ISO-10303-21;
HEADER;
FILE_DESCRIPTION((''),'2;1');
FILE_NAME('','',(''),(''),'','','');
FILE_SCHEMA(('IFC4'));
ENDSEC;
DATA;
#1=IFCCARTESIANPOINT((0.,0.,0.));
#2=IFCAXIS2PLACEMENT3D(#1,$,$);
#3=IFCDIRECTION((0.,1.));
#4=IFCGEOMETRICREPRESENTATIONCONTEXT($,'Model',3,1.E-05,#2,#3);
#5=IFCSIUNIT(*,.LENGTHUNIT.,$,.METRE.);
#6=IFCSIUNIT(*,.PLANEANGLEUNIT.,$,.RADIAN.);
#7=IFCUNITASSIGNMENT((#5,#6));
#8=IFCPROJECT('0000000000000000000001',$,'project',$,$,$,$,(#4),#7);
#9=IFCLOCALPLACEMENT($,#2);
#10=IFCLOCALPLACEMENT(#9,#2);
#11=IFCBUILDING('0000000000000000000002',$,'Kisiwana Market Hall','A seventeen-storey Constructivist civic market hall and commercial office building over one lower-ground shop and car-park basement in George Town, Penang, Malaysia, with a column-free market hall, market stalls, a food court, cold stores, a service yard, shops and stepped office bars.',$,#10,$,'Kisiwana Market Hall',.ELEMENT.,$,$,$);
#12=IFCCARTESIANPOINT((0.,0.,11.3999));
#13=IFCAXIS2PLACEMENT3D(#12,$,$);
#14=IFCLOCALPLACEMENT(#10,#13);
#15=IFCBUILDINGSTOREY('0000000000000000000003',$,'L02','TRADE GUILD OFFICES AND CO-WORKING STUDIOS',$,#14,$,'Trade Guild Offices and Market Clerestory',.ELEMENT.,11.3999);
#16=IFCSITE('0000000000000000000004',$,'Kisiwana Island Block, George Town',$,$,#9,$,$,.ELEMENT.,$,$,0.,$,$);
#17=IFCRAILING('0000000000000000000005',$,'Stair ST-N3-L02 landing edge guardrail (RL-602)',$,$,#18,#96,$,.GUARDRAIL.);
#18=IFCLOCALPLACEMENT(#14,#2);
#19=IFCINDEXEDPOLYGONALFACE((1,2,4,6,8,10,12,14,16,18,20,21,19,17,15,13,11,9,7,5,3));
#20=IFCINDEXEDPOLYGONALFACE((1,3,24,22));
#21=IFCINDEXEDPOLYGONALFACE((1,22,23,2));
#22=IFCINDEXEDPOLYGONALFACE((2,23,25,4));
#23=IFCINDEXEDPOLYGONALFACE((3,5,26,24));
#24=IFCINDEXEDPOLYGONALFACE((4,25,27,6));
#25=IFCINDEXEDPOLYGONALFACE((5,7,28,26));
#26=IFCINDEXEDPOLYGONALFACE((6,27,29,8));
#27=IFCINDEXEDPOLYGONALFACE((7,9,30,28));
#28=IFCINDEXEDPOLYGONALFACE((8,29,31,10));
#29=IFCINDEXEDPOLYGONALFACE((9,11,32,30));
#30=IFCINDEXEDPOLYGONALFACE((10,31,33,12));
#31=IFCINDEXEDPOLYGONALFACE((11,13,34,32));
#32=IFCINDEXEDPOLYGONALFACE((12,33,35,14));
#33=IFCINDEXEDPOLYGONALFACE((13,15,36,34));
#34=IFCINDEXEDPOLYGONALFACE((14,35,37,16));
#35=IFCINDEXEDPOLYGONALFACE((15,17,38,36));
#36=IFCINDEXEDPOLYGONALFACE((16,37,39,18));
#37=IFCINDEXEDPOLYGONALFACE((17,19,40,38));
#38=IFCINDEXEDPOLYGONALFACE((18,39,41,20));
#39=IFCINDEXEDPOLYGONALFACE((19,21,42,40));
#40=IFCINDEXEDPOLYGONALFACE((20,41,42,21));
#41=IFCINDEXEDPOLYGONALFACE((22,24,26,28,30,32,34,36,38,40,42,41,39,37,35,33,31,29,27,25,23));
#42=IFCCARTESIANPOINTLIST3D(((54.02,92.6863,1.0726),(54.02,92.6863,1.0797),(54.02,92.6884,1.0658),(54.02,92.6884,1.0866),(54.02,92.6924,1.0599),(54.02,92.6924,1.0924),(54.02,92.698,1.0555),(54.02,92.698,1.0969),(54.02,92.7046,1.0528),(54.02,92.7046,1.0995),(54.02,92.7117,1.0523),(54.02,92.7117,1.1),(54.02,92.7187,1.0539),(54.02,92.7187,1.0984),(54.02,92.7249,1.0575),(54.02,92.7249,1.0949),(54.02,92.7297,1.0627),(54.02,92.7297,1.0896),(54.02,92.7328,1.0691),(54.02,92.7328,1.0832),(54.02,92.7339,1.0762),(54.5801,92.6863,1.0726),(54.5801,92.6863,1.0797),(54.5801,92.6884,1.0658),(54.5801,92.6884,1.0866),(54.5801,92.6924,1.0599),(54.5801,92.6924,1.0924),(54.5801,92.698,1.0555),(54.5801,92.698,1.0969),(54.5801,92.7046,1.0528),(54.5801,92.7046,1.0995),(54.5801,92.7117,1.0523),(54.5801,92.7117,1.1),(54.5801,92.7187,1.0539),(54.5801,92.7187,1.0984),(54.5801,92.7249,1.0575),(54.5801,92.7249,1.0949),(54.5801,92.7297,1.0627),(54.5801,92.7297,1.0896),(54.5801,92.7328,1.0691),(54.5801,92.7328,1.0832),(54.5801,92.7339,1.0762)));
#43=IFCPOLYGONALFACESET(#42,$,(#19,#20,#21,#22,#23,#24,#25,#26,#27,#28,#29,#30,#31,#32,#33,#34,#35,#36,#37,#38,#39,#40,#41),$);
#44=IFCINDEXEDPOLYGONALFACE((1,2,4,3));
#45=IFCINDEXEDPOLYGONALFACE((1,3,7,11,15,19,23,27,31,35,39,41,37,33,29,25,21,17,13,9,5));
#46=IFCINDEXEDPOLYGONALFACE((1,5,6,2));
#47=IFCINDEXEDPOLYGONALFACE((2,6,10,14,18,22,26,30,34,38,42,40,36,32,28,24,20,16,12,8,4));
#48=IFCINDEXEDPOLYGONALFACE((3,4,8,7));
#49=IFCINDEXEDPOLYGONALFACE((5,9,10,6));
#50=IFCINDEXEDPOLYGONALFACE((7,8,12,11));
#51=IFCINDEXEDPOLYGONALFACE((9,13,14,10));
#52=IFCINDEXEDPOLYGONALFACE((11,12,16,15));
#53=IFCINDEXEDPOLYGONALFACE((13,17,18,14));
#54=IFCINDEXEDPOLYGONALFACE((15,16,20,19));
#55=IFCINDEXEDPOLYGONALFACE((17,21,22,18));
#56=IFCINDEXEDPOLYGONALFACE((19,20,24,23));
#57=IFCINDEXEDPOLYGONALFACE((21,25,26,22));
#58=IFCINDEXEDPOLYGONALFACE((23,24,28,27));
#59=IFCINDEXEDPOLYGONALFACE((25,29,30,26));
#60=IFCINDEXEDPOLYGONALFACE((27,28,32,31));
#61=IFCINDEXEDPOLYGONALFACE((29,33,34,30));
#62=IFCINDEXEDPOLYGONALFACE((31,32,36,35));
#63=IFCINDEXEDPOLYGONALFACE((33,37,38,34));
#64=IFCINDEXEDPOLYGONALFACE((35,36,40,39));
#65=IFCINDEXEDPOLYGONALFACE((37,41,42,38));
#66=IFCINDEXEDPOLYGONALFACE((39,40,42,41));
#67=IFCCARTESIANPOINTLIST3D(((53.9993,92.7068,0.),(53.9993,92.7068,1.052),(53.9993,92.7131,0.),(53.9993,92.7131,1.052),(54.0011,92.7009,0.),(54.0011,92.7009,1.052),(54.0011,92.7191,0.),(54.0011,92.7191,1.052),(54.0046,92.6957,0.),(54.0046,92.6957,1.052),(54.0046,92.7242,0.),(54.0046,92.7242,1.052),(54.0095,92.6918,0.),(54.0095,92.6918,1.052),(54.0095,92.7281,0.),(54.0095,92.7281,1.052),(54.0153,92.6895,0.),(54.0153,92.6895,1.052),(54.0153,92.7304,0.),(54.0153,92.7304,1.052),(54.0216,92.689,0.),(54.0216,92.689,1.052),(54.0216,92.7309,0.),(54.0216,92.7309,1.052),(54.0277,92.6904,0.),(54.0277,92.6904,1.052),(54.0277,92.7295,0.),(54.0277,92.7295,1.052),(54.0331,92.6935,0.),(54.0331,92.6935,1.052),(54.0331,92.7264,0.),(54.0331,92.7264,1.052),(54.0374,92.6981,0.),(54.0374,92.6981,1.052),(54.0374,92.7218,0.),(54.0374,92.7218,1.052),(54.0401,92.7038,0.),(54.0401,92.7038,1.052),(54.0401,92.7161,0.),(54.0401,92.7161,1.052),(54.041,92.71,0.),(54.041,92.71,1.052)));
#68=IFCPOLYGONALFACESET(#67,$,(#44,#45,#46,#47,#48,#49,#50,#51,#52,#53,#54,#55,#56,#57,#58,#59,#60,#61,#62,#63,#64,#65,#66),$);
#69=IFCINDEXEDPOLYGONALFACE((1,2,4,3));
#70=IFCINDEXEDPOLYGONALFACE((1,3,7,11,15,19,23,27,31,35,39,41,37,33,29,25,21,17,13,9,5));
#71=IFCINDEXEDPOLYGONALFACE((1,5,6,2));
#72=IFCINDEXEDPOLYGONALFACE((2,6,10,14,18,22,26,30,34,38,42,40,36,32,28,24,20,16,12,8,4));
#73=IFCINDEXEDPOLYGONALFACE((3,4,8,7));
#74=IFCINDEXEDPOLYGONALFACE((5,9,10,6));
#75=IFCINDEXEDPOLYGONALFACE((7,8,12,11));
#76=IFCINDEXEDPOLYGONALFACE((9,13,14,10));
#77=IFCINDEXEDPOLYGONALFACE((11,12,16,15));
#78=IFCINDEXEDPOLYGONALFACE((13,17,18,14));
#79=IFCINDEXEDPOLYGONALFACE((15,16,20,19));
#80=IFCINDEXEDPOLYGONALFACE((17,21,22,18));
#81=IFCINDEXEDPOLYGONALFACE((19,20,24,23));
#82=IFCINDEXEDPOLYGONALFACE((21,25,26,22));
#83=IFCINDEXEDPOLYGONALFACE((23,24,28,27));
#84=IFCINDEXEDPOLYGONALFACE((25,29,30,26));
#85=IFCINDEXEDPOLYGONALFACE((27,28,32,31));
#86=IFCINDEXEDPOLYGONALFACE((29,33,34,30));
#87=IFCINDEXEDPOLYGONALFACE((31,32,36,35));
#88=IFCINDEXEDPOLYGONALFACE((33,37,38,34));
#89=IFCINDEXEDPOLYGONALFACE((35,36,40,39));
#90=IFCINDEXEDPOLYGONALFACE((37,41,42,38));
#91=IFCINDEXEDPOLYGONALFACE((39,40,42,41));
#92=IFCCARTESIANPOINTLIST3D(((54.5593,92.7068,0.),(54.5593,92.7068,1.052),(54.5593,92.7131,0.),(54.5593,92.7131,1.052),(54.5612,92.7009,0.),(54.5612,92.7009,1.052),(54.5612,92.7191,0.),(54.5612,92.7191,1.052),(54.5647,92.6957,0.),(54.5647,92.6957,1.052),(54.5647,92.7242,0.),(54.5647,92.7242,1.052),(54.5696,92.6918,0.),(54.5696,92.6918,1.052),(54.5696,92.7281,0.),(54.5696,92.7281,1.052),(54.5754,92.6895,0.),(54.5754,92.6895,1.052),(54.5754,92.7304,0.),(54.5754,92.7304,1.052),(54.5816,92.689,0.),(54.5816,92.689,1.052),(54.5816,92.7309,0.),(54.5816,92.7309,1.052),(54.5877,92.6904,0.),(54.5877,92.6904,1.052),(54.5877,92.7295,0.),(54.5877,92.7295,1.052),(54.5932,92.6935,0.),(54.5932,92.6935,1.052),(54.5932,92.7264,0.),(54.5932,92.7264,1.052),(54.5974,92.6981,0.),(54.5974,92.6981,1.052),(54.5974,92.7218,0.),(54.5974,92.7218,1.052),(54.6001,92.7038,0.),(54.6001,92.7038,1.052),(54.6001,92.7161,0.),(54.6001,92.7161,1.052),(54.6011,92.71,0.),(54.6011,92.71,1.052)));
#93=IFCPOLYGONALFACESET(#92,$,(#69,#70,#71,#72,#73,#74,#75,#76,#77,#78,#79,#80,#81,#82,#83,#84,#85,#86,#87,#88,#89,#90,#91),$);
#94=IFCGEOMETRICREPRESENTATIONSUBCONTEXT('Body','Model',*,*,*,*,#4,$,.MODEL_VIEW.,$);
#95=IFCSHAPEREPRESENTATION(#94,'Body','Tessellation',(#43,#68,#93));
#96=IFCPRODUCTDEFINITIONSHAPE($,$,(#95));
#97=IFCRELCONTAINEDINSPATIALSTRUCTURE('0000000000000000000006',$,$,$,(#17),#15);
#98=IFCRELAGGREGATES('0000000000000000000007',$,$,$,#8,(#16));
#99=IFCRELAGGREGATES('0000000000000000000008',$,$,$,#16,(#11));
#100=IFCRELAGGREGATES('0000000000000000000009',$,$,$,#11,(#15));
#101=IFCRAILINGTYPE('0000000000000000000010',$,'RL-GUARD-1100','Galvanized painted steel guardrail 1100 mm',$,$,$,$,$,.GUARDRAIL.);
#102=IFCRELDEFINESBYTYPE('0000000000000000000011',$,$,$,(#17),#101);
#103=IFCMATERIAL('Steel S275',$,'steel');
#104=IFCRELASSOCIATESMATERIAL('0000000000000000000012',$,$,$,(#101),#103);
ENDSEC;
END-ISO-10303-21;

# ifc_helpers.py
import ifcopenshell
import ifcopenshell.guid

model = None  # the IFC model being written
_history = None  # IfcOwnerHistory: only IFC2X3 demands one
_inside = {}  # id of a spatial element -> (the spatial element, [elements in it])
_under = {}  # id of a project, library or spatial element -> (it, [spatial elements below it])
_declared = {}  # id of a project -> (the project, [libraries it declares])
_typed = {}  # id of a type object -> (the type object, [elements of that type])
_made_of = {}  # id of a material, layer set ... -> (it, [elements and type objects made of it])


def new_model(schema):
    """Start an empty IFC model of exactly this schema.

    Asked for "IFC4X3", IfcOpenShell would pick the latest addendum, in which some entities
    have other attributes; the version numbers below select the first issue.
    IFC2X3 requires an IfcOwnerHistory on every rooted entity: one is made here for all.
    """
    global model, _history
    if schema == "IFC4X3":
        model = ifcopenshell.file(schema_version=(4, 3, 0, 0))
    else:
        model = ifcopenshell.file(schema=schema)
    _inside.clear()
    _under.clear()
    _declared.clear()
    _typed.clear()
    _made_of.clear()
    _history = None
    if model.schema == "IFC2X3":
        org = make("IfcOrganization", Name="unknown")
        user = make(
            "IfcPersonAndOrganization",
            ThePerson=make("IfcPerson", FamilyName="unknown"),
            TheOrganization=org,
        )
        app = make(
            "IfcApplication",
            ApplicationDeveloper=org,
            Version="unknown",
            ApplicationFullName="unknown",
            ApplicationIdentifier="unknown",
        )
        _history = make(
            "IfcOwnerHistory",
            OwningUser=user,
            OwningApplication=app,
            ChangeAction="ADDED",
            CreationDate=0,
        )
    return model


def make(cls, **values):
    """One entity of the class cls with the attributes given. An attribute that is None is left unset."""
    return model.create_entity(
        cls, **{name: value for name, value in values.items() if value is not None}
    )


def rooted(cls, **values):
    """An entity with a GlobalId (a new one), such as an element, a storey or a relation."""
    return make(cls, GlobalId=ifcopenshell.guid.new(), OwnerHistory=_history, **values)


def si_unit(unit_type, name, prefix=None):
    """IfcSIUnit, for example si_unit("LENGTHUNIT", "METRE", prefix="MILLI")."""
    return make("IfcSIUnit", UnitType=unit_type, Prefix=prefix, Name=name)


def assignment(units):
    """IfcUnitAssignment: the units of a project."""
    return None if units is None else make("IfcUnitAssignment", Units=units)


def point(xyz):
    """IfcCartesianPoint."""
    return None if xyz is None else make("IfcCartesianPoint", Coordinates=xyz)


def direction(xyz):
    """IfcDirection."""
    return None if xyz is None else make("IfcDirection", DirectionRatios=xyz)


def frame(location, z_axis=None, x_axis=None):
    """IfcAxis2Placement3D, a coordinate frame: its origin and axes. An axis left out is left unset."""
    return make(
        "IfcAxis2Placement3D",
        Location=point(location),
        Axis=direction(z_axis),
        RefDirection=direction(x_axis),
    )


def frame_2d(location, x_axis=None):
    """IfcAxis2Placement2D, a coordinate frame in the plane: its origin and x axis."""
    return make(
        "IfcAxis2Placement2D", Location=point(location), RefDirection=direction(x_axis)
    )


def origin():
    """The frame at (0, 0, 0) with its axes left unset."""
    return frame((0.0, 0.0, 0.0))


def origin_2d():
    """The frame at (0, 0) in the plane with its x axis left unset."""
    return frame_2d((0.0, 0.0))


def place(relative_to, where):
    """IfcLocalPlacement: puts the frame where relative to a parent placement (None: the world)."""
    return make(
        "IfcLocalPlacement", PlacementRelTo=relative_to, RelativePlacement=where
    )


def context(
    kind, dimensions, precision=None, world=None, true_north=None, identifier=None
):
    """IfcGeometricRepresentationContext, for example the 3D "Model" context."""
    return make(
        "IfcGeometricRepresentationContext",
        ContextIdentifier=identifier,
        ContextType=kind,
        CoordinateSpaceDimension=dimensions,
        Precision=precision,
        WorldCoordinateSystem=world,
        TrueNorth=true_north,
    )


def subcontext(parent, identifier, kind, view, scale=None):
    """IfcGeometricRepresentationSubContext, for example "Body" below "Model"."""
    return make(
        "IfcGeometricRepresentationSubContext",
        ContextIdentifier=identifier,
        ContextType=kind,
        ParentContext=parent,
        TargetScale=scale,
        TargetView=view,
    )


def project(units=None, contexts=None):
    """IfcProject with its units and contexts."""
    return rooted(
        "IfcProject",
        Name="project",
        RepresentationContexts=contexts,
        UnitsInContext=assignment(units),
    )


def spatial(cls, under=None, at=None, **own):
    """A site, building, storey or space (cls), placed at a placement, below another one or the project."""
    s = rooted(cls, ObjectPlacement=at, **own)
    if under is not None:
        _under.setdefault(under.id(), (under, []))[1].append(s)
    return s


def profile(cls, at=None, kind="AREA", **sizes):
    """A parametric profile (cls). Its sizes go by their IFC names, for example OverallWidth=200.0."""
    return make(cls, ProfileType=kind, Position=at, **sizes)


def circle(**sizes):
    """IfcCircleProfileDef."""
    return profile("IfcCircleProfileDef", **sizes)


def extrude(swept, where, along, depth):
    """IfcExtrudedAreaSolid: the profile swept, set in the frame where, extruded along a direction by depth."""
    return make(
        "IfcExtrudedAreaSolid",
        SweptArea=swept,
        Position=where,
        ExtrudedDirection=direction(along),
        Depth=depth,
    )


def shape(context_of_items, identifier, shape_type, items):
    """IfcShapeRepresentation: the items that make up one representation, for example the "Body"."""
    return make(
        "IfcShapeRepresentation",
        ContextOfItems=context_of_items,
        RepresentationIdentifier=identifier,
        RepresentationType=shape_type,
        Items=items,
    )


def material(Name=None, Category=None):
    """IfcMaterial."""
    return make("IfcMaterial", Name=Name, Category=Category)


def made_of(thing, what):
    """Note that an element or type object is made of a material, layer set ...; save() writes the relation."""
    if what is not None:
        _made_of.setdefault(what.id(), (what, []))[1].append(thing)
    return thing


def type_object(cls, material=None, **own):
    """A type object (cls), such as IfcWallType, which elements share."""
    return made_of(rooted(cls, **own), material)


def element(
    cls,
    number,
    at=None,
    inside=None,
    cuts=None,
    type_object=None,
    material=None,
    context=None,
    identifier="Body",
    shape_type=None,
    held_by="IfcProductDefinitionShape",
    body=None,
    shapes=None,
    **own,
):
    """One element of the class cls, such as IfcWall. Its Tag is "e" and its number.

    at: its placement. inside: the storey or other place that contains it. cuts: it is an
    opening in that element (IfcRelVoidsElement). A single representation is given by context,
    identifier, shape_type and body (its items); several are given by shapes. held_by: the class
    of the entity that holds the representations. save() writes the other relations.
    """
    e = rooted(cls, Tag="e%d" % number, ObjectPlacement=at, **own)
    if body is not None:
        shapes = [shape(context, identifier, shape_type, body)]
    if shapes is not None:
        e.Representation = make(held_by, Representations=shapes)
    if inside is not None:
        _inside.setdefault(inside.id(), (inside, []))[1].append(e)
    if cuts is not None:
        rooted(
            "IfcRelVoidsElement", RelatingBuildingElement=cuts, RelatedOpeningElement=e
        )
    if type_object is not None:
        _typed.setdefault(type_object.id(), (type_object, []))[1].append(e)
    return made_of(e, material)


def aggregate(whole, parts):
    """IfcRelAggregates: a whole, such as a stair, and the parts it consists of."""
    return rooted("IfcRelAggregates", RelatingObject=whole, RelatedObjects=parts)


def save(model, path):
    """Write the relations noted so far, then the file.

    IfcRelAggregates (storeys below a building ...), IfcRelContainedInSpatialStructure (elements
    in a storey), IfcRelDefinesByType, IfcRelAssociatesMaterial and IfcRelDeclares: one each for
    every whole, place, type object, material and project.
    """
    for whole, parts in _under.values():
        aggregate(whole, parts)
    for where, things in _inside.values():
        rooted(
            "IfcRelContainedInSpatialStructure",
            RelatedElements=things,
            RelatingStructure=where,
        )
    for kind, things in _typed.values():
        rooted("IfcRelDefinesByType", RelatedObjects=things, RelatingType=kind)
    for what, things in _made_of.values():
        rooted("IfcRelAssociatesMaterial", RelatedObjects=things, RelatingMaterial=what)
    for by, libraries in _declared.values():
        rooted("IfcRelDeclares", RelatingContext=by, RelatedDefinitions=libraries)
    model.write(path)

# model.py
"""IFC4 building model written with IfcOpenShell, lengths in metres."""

from ifc_helpers import new_model, si_unit, direction, frame, origin, origin_2d, place, context, subcontext, project, spatial, circle, extrude, material, type_object, element, save


model = new_model("IFC4")

# Units and contexts
model_context = context("Model", 3, precision=1e-05, world=origin(), true_north=direction((0.0, 1.0)))
body_context = subcontext(model_context, "Body", "Model", "MODEL_VIEW")
ifc_project = project(units=[si_unit("LENGTHUNIT", "METRE"), si_unit("PLANEANGLEUNIT", "RADIAN")], contexts=[model_context])

# Site, building, storey
site_placement = place(None, origin())
site = spatial("IfcSite", under=ifc_project, at=site_placement, Name="Kisiwana Island Block, George Town", CompositionType="ELEMENT", RefElevation=0.0)
building_placement = place(site_placement, origin())
building = spatial("IfcBuilding", under=site, at=building_placement, Name="Kisiwana Market Hall", Description="A seventeen-storey Constructivist civic market hall and commercial office building over one lower-ground shop and car-park basement in George Town, Penang, Malaysia, with a column-free market hall, market stalls, a food court, cold stores, a service yard, shops and stepped office bars.", LongName="Kisiwana Market Hall", CompositionType="ELEMENT")
storey_placement = place(building_placement, frame((0.0, 0.0, 11.3999)))
storey = spatial("IfcBuildingStorey", under=building, at=storey_placement, Name="L02", Description="TRADE GUILD OFFICES AND CO-WORKING STUDIOS", LongName="Trade Guild Offices and Market Clerestory", CompositionType="ELEMENT", Elevation=11.3999)

# Railing
ifc_material_1 = material(Name="Steel S275", Category="steel")
railing_type_1 = type_object("IfcRailingType", Name="RL-GUARD-1100", Description="Galvanized painted steel guardrail 1100 mm", PredefinedType="GUARDRAIL", material=ifc_material_1)
railing_1_placement = place(storey_placement, frame((54.02, 92.71, 0.0)))
element("IfcRailing", 1, at=railing_1_placement, inside=storey, type_object=railing_type_1, Name="Stair ST-N3-L02 landing edge guardrail (RL-602)", PredefinedType="GUARDRAIL", context=body_context, shape_type="SweptSolid", body=[
    extrude(circle(Radius=0.0239, at=origin_2d()), frame((0.0, 0.0, 1.0762), z_axis=(1.0, 0.0, 0.0), x_axis=(0.0, 1.0, 0.0)), (0.0, 0.0, 1.0), 0.5601),
    extrude(circle(Radius=0.021, at=origin_2d()), origin(), (0.0, 0.0, 1.0), 1.052),
    extrude(circle(Radius=0.021, at=origin_2d()), frame((0.5601, 0.0, 0.0)), (0.0, 0.0, 1.0), 1.052),
])

save(model, "model.ifc")
